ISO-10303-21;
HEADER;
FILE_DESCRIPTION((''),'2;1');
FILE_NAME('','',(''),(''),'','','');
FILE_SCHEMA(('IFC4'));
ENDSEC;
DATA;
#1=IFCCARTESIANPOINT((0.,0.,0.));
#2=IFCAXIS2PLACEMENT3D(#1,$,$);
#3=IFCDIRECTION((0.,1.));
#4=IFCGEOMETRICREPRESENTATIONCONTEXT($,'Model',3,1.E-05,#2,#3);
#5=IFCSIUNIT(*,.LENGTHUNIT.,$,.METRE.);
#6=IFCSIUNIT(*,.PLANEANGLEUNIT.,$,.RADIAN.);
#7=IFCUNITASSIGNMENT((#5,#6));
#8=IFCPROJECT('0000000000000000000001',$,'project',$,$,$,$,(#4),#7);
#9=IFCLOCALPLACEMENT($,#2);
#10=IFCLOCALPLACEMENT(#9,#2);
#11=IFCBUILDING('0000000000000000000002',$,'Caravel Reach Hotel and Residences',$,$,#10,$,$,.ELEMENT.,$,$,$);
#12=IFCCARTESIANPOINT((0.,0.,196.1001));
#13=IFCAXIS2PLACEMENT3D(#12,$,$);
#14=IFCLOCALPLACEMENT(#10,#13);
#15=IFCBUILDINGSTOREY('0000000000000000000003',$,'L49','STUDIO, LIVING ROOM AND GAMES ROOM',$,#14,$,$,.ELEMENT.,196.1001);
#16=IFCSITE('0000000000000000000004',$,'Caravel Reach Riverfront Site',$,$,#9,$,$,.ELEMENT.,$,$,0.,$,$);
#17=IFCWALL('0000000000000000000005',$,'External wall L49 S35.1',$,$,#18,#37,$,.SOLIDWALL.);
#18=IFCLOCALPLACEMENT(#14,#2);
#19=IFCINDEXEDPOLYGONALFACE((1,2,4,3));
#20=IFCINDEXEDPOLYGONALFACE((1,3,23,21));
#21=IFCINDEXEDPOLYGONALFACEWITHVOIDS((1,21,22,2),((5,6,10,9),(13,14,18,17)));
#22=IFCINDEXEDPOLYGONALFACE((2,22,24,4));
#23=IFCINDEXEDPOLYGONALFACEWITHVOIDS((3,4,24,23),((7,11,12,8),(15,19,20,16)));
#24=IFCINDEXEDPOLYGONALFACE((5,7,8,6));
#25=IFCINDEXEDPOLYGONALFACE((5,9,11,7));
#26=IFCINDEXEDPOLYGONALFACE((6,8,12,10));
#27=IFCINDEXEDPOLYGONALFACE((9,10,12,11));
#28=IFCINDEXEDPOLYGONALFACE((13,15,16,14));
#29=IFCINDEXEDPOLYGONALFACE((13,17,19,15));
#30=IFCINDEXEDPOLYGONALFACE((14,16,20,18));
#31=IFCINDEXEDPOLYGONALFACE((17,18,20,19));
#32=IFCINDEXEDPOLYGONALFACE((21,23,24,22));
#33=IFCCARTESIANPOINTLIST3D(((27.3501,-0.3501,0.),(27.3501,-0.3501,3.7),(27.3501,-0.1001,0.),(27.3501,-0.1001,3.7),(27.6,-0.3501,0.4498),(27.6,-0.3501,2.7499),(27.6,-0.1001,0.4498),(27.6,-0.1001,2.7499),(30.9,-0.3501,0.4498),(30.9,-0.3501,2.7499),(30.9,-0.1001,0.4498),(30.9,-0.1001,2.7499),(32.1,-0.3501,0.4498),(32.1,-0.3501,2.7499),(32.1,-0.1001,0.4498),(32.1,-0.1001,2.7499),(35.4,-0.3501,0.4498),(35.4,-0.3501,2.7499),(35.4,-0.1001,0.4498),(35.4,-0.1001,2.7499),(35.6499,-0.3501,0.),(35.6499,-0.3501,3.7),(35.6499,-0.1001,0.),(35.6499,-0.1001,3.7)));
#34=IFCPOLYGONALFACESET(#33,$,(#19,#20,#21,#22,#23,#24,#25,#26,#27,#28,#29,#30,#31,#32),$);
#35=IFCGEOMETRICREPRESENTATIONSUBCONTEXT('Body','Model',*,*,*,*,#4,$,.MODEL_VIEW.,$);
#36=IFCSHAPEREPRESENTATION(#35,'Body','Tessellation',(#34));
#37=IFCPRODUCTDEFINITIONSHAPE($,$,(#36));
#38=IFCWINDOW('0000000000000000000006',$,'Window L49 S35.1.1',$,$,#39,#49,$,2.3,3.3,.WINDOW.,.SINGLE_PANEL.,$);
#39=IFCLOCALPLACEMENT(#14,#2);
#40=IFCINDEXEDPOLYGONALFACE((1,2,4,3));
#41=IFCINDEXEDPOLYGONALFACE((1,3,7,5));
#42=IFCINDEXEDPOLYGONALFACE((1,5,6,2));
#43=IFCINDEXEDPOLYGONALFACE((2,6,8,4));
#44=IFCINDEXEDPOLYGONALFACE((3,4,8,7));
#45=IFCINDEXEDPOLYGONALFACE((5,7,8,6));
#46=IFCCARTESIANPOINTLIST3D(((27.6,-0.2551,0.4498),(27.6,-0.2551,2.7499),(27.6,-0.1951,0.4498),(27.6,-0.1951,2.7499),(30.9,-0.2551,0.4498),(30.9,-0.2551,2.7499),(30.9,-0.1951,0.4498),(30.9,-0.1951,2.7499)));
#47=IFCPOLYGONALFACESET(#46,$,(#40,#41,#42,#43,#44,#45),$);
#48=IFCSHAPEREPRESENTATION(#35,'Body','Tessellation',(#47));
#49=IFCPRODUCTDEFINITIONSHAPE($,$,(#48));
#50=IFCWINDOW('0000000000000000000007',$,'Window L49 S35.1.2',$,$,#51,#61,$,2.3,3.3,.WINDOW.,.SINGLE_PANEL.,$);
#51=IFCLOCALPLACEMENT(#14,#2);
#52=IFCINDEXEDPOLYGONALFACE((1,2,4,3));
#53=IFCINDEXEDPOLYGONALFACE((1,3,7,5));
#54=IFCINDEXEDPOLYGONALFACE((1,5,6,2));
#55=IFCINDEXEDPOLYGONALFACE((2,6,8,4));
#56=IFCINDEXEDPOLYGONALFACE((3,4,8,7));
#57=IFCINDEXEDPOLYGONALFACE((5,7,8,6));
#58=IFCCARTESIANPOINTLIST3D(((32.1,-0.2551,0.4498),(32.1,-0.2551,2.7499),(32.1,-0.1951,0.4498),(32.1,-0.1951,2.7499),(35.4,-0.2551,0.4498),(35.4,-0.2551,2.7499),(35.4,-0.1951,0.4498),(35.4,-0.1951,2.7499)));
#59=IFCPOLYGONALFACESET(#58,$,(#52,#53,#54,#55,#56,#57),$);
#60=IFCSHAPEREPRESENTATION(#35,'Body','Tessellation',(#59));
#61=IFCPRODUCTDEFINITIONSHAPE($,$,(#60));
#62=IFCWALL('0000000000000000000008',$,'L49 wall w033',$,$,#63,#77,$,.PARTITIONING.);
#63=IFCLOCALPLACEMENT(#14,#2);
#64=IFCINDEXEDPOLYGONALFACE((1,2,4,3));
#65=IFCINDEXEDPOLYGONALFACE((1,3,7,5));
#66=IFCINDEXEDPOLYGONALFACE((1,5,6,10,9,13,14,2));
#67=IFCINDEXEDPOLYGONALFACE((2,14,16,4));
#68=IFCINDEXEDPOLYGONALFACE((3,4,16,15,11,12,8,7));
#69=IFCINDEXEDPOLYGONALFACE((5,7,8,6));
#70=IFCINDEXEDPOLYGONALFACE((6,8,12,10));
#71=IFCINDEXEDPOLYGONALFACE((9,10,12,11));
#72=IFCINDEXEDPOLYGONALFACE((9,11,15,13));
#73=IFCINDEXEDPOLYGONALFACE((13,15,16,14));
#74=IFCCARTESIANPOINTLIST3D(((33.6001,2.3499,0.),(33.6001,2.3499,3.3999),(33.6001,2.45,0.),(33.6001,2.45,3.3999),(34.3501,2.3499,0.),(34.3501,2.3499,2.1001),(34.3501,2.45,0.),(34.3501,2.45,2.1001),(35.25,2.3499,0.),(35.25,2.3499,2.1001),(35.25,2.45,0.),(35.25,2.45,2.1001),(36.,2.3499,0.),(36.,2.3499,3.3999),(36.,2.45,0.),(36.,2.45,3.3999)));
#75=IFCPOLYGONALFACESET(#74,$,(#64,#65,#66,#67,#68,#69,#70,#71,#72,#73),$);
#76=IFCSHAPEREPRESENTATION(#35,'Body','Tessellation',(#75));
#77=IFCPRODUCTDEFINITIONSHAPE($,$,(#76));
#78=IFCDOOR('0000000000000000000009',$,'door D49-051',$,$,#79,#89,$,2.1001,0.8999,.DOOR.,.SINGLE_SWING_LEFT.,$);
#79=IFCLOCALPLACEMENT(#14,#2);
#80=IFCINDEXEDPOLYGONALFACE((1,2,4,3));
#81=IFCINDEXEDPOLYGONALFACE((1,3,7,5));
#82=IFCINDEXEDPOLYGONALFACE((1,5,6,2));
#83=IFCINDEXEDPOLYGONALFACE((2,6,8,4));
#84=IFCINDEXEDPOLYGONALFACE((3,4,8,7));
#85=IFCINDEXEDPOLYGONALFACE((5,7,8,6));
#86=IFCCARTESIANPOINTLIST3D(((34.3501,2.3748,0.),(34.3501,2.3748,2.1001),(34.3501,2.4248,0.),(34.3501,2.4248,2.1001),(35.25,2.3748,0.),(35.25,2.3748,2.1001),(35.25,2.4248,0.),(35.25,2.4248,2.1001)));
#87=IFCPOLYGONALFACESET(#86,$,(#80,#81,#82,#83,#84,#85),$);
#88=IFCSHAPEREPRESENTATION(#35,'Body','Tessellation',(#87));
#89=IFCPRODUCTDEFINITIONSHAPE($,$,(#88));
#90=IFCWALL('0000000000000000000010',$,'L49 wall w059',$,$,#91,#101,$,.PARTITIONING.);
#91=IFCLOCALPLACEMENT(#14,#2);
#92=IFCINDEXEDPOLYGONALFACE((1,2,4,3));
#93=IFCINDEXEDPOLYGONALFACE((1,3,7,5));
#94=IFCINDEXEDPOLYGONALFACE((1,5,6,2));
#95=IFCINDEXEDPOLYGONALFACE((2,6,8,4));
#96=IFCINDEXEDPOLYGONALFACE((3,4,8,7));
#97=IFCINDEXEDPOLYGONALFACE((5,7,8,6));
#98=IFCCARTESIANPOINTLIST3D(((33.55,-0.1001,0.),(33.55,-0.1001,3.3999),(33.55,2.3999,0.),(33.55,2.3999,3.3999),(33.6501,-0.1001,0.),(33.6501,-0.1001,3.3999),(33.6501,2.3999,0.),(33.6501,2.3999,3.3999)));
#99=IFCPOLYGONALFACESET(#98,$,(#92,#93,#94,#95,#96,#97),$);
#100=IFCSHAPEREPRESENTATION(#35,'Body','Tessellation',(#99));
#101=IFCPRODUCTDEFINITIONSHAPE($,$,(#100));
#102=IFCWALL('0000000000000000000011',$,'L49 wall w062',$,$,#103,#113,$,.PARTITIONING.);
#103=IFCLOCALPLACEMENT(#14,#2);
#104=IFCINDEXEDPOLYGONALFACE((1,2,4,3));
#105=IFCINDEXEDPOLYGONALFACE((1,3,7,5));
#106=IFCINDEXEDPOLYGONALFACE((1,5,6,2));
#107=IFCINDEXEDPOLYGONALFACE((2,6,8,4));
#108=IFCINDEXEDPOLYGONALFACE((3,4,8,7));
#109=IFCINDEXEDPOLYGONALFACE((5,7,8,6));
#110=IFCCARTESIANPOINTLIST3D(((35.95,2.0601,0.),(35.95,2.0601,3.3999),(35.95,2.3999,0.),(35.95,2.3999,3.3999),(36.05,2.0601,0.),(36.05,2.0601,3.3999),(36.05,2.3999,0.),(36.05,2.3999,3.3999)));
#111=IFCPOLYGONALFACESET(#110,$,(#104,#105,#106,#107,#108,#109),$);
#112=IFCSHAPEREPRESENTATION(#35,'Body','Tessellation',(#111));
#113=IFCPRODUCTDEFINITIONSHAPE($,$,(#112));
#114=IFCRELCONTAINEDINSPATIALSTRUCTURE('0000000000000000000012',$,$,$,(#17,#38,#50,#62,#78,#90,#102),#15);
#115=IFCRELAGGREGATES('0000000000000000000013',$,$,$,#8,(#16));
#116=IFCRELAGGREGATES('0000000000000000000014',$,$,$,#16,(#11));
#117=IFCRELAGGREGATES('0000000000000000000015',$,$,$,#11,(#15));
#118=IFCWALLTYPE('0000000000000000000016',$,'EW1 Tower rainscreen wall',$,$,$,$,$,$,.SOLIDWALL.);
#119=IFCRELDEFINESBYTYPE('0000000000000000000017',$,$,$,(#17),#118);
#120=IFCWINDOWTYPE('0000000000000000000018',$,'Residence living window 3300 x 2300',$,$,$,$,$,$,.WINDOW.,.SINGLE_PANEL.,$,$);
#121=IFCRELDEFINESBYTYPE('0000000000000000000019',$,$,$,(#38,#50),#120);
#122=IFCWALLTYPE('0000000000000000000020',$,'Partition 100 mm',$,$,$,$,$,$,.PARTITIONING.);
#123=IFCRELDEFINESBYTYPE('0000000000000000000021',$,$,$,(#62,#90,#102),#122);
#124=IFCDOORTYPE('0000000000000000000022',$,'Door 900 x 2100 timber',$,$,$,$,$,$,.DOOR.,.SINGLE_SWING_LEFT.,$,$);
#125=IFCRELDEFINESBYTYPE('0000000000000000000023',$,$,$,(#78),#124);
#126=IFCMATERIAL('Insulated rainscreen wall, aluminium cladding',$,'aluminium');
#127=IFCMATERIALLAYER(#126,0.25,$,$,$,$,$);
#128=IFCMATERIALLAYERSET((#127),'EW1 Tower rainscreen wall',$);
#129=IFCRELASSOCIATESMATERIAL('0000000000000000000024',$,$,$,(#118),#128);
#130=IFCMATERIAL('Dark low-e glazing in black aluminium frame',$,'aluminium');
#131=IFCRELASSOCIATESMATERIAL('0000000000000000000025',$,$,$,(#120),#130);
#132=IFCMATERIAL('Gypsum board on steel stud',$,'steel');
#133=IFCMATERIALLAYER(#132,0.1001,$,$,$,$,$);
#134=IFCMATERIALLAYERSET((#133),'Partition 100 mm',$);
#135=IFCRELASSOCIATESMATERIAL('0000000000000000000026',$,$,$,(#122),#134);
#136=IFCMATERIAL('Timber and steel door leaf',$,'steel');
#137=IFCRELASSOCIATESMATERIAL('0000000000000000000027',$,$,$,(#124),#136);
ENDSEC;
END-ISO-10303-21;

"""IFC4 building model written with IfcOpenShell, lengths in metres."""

from ifc_helpers import new_model, si_unit, direction, frame, frame_2d, origin, place, context, subcontext, project, spatial, rectangle, extrude, material, layer, layer_set, type_object, element, fill, save


model = new_model("IFC4")

# Units and contexts
model_context = context("Model", 3, precision=1e-05, world=origin(), true_north=direction((0.0, 1.0)))
body_context = subcontext(model_context, "Body", "Model", "MODEL_VIEW")
ifc_project = project(units=[si_unit("LENGTHUNIT", "METRE"), si_unit("PLANEANGLEUNIT", "RADIAN")], contexts=[model_context])

# Site, building, storey
site_placement = place(None, origin())
site = spatial("IfcSite", under=ifc_project, at=site_placement, Name="Caravel Reach Riverfront Site", CompositionType="ELEMENT", RefElevation=0.0)
building_placement = place(site_placement, origin())
building = spatial("IfcBuilding", under=site, at=building_placement, Name="Caravel Reach Hotel and Residences", CompositionType="ELEMENT")
storey_placement = place(building_placement, frame((0.0, 0.0, 196.1001)))
storey = spatial("IfcBuildingStorey", under=building, at=storey_placement, Name="L49", Description="STUDIO, LIVING ROOM AND GAMES ROOM", CompositionType="ELEMENT", Elevation=196.1001)

# Wall, openings, windows
ifc_material_1 = material(Name="Insulated rainscreen wall, aluminium cladding", Category="aluminium")
ifc_layer_1 = layer(ifc_material_1, 0.25)
ifc_layer_set_1 = layer_set([ifc_layer_1], Name="EW1 Tower rainscreen wall")
wall_type_1 = type_object("IfcWallType", Name="EW1 Tower rainscreen wall", PredefinedType="SOLIDWALL", material=ifc_layer_set_1)
wall_1_placement = place(storey_placement, frame((27.3501, -0.2251, 0.0), z_axis=(0.0, 0.0, 1.0), x_axis=(1.0, 0.0, 0.0)))
wall_1 = element("IfcWall", 1, at=wall_1_placement, inside=storey, type_object=wall_type_1, Name="External wall L49 S35.1", PredefinedType="SOLIDWALL", context=body_context, shape_type="SweptSolid", body=[
    extrude(rectangle(XDim=8.2998, YDim=0.25, at=frame_2d((4.1499, 0.0))), origin(), (0.0, 0.0, 1.0), 3.7),
])
opening_1_placement = place(wall_1_placement, frame((0.25, 0.0, 0.45)))
opening_1 = element("IfcOpeningElement", 2, at=opening_1_placement, cuts=wall_1, PredefinedType="OPENING", context=body_context, shape_type="SweptSolid", body=[
    extrude(rectangle(XDim=3.3, YDim=2.3, at=frame_2d((1.6499, 1.1499))), frame((0.0, 0.135, 0.0), z_axis=(0.0, -1.0, 0.0), x_axis=(1.0, 0.0, 0.0)), (0.0, 0.0, 1.0), 0.27),
])
opening_2_placement = place(wall_1_placement, frame((4.75, 0.0, 0.45)))
opening_2 = element("IfcOpeningElement", 3, at=opening_2_placement, cuts=wall_1, PredefinedType="OPENING", context=body_context, shape_type="SweptSolid", body=[
    extrude(rectangle(XDim=3.3, YDim=2.3, at=frame_2d((1.6499, 1.1499))), frame((0.0, 0.135, 0.0), z_axis=(0.0, -1.0, 0.0), x_axis=(1.0, 0.0, 0.0)), (0.0, 0.0, 1.0), 0.27),
])
ifc_material_2 = material(Name="Dark low-e glazing in black aluminium frame", Category="aluminium")
window_type = type_object("IfcWindowType", Name="Residence living window 3300 x 2300", PartitioningType="SINGLE_PANEL", PredefinedType="WINDOW", material=ifc_material_2)
window_1_placement = place(opening_1_placement, origin())
window_1 = element("IfcWindow", 4, at=window_1_placement, inside=storey, type_object=window_type, Name="Window L49 S35.1.1", OverallHeight=2.3, OverallWidth=3.3, PartitioningType="SINGLE_PANEL", PredefinedType="WINDOW", context=body_context, shape_type="SweptSolid", body=[
    extrude(rectangle(XDim=3.3, YDim=2.3, at=frame_2d((1.6499, 1.1499))), frame((0.0, 0.03, 0.0), z_axis=(0.0, -1.0, 0.0), x_axis=(1.0, 0.0, 0.0)), (0.0, 0.0, 1.0), 0.0601),
])
fill(opening_1, window_1)
window_2_placement = place(opening_2_placement, origin())
window_2 = element("IfcWindow", 5, at=window_2_placement, inside=storey, type_object=window_type, Name="Window L49 S35.1.2", OverallHeight=2.3, OverallWidth=3.3, PartitioningType="SINGLE_PANEL", PredefinedType="WINDOW", context=body_context, shape_type="SweptSolid", body=[
    extrude(rectangle(XDim=3.3, YDim=2.3, at=frame_2d((1.6499, 1.1499))), frame((0.0, 0.03, 0.0), z_axis=(0.0, -1.0, 0.0), x_axis=(1.0, 0.0, 0.0)), (0.0, 0.0, 1.0), 0.0601),
])
fill(opening_2, window_2)

# Wall, opening, door
ifc_material_3 = material(Name="Gypsum board on steel stud", Category="steel")
ifc_layer_2 = layer(ifc_material_3, 0.1001)
ifc_layer_set_2 = layer_set([ifc_layer_2], Name="Partition 100 mm")
wall_type_2 = type_object("IfcWallType", Name="Partition 100 mm", PredefinedType="PARTITIONING", material=ifc_layer_set_2)
wall_2_placement = place(storey_placement, frame((33.6001, 2.3999, 0.0), z_axis=(0.0, 0.0, 1.0), x_axis=(1.0, 0.0, 0.0)))
wall_2 = element("IfcWall", 6, at=wall_2_placement, inside=storey, type_object=wall_type_2, Name="L49 wall w033", PredefinedType="PARTITIONING", context=body_context, shape_type="SweptSolid", body=[
    extrude(rectangle(XDim=2.3999, YDim=0.1001, at=frame_2d((1.2, 0.0))), origin(), (0.0, 0.0, 1.0), 3.3999),
])
opening_3_placement = place(wall_2_placement, frame((0.75, 0.0, 0.0)))
opening_3 = element("IfcOpeningElement", 7, at=opening_3_placement, cuts=wall_2, PredefinedType="OPENING", context=body_context, shape_type="SweptSolid", body=[
    extrude(rectangle(XDim=0.8999, YDim=2.1001, at=frame_2d((0.45, 1.05))), frame((0.0, 0.0601, 0.0), z_axis=(0.0, -1.0, 0.0), x_axis=(1.0, 0.0, 0.0)), (0.0, 0.0, 1.0), 0.1201),
])
ifc_material_4 = material(Name="Timber and steel door leaf", Category="steel")
door_type_1 = type_object("IfcDoorType", Name="Door 900 x 2100 timber", OperationType="SINGLE_SWING_LEFT", PredefinedType="DOOR", material=ifc_material_4)
door_1_placement = place(opening_3_placement, origin())
door_1 = element("IfcDoor", 8, at=door_1_placement, inside=storey, type_object=door_type_1, Name="door D49-051", OperationType="SINGLE_SWING_LEFT", OverallHeight=2.1001, OverallWidth=0.8999, PredefinedType="DOOR", context=body_context, shape_type="SweptSolid", body=[
    extrude(rectangle(XDim=0.8999, YDim=2.1001, at=frame_2d((0.45, 1.05))), frame((0.0, 0.0249, 0.0), z_axis=(0.0, -1.0, 0.0), x_axis=(1.0, 0.0, 0.0)), (0.0, 0.0, 1.0), 0.05),
])
fill(opening_3, door_1)

# Walls
wall_3_placement = place(storey_placement, frame((33.6001, -0.1001, 0.0), z_axis=(0.0, 0.0, 1.0), x_axis=(0.0, 1.0, 0.0)))
element("IfcWall", 9, at=wall_3_placement, inside=storey, type_object=wall_type_2, Name="L49 wall w059", PredefinedType="PARTITIONING", context=body_context, shape_type="SweptSolid", body=[
    extrude(rectangle(XDim=2.5, YDim=0.1001, at=frame_2d((1.25, 0.0))), origin(), (0.0, 0.0, 1.0), 3.3999),
])
wall_4_placement = place(storey_placement, frame((36.0, 2.0601, 0.0), z_axis=(0.0, 0.0, 1.0), x_axis=(0.0, 1.0, 0.0)))
element("IfcWall", 10, at=wall_4_placement, inside=storey, type_object=wall_type_2, Name="L49 wall w062", PredefinedType="PARTITIONING", context=body_context, shape_type="SweptSolid", body=[
    extrude(rectangle(XDim=0.3398, YDim=0.1001, at=frame_2d((0.1699, 0.0))), origin(), (0.0, 0.0, 1.0), 3.3999),
])

save(model, "model.ifc")
